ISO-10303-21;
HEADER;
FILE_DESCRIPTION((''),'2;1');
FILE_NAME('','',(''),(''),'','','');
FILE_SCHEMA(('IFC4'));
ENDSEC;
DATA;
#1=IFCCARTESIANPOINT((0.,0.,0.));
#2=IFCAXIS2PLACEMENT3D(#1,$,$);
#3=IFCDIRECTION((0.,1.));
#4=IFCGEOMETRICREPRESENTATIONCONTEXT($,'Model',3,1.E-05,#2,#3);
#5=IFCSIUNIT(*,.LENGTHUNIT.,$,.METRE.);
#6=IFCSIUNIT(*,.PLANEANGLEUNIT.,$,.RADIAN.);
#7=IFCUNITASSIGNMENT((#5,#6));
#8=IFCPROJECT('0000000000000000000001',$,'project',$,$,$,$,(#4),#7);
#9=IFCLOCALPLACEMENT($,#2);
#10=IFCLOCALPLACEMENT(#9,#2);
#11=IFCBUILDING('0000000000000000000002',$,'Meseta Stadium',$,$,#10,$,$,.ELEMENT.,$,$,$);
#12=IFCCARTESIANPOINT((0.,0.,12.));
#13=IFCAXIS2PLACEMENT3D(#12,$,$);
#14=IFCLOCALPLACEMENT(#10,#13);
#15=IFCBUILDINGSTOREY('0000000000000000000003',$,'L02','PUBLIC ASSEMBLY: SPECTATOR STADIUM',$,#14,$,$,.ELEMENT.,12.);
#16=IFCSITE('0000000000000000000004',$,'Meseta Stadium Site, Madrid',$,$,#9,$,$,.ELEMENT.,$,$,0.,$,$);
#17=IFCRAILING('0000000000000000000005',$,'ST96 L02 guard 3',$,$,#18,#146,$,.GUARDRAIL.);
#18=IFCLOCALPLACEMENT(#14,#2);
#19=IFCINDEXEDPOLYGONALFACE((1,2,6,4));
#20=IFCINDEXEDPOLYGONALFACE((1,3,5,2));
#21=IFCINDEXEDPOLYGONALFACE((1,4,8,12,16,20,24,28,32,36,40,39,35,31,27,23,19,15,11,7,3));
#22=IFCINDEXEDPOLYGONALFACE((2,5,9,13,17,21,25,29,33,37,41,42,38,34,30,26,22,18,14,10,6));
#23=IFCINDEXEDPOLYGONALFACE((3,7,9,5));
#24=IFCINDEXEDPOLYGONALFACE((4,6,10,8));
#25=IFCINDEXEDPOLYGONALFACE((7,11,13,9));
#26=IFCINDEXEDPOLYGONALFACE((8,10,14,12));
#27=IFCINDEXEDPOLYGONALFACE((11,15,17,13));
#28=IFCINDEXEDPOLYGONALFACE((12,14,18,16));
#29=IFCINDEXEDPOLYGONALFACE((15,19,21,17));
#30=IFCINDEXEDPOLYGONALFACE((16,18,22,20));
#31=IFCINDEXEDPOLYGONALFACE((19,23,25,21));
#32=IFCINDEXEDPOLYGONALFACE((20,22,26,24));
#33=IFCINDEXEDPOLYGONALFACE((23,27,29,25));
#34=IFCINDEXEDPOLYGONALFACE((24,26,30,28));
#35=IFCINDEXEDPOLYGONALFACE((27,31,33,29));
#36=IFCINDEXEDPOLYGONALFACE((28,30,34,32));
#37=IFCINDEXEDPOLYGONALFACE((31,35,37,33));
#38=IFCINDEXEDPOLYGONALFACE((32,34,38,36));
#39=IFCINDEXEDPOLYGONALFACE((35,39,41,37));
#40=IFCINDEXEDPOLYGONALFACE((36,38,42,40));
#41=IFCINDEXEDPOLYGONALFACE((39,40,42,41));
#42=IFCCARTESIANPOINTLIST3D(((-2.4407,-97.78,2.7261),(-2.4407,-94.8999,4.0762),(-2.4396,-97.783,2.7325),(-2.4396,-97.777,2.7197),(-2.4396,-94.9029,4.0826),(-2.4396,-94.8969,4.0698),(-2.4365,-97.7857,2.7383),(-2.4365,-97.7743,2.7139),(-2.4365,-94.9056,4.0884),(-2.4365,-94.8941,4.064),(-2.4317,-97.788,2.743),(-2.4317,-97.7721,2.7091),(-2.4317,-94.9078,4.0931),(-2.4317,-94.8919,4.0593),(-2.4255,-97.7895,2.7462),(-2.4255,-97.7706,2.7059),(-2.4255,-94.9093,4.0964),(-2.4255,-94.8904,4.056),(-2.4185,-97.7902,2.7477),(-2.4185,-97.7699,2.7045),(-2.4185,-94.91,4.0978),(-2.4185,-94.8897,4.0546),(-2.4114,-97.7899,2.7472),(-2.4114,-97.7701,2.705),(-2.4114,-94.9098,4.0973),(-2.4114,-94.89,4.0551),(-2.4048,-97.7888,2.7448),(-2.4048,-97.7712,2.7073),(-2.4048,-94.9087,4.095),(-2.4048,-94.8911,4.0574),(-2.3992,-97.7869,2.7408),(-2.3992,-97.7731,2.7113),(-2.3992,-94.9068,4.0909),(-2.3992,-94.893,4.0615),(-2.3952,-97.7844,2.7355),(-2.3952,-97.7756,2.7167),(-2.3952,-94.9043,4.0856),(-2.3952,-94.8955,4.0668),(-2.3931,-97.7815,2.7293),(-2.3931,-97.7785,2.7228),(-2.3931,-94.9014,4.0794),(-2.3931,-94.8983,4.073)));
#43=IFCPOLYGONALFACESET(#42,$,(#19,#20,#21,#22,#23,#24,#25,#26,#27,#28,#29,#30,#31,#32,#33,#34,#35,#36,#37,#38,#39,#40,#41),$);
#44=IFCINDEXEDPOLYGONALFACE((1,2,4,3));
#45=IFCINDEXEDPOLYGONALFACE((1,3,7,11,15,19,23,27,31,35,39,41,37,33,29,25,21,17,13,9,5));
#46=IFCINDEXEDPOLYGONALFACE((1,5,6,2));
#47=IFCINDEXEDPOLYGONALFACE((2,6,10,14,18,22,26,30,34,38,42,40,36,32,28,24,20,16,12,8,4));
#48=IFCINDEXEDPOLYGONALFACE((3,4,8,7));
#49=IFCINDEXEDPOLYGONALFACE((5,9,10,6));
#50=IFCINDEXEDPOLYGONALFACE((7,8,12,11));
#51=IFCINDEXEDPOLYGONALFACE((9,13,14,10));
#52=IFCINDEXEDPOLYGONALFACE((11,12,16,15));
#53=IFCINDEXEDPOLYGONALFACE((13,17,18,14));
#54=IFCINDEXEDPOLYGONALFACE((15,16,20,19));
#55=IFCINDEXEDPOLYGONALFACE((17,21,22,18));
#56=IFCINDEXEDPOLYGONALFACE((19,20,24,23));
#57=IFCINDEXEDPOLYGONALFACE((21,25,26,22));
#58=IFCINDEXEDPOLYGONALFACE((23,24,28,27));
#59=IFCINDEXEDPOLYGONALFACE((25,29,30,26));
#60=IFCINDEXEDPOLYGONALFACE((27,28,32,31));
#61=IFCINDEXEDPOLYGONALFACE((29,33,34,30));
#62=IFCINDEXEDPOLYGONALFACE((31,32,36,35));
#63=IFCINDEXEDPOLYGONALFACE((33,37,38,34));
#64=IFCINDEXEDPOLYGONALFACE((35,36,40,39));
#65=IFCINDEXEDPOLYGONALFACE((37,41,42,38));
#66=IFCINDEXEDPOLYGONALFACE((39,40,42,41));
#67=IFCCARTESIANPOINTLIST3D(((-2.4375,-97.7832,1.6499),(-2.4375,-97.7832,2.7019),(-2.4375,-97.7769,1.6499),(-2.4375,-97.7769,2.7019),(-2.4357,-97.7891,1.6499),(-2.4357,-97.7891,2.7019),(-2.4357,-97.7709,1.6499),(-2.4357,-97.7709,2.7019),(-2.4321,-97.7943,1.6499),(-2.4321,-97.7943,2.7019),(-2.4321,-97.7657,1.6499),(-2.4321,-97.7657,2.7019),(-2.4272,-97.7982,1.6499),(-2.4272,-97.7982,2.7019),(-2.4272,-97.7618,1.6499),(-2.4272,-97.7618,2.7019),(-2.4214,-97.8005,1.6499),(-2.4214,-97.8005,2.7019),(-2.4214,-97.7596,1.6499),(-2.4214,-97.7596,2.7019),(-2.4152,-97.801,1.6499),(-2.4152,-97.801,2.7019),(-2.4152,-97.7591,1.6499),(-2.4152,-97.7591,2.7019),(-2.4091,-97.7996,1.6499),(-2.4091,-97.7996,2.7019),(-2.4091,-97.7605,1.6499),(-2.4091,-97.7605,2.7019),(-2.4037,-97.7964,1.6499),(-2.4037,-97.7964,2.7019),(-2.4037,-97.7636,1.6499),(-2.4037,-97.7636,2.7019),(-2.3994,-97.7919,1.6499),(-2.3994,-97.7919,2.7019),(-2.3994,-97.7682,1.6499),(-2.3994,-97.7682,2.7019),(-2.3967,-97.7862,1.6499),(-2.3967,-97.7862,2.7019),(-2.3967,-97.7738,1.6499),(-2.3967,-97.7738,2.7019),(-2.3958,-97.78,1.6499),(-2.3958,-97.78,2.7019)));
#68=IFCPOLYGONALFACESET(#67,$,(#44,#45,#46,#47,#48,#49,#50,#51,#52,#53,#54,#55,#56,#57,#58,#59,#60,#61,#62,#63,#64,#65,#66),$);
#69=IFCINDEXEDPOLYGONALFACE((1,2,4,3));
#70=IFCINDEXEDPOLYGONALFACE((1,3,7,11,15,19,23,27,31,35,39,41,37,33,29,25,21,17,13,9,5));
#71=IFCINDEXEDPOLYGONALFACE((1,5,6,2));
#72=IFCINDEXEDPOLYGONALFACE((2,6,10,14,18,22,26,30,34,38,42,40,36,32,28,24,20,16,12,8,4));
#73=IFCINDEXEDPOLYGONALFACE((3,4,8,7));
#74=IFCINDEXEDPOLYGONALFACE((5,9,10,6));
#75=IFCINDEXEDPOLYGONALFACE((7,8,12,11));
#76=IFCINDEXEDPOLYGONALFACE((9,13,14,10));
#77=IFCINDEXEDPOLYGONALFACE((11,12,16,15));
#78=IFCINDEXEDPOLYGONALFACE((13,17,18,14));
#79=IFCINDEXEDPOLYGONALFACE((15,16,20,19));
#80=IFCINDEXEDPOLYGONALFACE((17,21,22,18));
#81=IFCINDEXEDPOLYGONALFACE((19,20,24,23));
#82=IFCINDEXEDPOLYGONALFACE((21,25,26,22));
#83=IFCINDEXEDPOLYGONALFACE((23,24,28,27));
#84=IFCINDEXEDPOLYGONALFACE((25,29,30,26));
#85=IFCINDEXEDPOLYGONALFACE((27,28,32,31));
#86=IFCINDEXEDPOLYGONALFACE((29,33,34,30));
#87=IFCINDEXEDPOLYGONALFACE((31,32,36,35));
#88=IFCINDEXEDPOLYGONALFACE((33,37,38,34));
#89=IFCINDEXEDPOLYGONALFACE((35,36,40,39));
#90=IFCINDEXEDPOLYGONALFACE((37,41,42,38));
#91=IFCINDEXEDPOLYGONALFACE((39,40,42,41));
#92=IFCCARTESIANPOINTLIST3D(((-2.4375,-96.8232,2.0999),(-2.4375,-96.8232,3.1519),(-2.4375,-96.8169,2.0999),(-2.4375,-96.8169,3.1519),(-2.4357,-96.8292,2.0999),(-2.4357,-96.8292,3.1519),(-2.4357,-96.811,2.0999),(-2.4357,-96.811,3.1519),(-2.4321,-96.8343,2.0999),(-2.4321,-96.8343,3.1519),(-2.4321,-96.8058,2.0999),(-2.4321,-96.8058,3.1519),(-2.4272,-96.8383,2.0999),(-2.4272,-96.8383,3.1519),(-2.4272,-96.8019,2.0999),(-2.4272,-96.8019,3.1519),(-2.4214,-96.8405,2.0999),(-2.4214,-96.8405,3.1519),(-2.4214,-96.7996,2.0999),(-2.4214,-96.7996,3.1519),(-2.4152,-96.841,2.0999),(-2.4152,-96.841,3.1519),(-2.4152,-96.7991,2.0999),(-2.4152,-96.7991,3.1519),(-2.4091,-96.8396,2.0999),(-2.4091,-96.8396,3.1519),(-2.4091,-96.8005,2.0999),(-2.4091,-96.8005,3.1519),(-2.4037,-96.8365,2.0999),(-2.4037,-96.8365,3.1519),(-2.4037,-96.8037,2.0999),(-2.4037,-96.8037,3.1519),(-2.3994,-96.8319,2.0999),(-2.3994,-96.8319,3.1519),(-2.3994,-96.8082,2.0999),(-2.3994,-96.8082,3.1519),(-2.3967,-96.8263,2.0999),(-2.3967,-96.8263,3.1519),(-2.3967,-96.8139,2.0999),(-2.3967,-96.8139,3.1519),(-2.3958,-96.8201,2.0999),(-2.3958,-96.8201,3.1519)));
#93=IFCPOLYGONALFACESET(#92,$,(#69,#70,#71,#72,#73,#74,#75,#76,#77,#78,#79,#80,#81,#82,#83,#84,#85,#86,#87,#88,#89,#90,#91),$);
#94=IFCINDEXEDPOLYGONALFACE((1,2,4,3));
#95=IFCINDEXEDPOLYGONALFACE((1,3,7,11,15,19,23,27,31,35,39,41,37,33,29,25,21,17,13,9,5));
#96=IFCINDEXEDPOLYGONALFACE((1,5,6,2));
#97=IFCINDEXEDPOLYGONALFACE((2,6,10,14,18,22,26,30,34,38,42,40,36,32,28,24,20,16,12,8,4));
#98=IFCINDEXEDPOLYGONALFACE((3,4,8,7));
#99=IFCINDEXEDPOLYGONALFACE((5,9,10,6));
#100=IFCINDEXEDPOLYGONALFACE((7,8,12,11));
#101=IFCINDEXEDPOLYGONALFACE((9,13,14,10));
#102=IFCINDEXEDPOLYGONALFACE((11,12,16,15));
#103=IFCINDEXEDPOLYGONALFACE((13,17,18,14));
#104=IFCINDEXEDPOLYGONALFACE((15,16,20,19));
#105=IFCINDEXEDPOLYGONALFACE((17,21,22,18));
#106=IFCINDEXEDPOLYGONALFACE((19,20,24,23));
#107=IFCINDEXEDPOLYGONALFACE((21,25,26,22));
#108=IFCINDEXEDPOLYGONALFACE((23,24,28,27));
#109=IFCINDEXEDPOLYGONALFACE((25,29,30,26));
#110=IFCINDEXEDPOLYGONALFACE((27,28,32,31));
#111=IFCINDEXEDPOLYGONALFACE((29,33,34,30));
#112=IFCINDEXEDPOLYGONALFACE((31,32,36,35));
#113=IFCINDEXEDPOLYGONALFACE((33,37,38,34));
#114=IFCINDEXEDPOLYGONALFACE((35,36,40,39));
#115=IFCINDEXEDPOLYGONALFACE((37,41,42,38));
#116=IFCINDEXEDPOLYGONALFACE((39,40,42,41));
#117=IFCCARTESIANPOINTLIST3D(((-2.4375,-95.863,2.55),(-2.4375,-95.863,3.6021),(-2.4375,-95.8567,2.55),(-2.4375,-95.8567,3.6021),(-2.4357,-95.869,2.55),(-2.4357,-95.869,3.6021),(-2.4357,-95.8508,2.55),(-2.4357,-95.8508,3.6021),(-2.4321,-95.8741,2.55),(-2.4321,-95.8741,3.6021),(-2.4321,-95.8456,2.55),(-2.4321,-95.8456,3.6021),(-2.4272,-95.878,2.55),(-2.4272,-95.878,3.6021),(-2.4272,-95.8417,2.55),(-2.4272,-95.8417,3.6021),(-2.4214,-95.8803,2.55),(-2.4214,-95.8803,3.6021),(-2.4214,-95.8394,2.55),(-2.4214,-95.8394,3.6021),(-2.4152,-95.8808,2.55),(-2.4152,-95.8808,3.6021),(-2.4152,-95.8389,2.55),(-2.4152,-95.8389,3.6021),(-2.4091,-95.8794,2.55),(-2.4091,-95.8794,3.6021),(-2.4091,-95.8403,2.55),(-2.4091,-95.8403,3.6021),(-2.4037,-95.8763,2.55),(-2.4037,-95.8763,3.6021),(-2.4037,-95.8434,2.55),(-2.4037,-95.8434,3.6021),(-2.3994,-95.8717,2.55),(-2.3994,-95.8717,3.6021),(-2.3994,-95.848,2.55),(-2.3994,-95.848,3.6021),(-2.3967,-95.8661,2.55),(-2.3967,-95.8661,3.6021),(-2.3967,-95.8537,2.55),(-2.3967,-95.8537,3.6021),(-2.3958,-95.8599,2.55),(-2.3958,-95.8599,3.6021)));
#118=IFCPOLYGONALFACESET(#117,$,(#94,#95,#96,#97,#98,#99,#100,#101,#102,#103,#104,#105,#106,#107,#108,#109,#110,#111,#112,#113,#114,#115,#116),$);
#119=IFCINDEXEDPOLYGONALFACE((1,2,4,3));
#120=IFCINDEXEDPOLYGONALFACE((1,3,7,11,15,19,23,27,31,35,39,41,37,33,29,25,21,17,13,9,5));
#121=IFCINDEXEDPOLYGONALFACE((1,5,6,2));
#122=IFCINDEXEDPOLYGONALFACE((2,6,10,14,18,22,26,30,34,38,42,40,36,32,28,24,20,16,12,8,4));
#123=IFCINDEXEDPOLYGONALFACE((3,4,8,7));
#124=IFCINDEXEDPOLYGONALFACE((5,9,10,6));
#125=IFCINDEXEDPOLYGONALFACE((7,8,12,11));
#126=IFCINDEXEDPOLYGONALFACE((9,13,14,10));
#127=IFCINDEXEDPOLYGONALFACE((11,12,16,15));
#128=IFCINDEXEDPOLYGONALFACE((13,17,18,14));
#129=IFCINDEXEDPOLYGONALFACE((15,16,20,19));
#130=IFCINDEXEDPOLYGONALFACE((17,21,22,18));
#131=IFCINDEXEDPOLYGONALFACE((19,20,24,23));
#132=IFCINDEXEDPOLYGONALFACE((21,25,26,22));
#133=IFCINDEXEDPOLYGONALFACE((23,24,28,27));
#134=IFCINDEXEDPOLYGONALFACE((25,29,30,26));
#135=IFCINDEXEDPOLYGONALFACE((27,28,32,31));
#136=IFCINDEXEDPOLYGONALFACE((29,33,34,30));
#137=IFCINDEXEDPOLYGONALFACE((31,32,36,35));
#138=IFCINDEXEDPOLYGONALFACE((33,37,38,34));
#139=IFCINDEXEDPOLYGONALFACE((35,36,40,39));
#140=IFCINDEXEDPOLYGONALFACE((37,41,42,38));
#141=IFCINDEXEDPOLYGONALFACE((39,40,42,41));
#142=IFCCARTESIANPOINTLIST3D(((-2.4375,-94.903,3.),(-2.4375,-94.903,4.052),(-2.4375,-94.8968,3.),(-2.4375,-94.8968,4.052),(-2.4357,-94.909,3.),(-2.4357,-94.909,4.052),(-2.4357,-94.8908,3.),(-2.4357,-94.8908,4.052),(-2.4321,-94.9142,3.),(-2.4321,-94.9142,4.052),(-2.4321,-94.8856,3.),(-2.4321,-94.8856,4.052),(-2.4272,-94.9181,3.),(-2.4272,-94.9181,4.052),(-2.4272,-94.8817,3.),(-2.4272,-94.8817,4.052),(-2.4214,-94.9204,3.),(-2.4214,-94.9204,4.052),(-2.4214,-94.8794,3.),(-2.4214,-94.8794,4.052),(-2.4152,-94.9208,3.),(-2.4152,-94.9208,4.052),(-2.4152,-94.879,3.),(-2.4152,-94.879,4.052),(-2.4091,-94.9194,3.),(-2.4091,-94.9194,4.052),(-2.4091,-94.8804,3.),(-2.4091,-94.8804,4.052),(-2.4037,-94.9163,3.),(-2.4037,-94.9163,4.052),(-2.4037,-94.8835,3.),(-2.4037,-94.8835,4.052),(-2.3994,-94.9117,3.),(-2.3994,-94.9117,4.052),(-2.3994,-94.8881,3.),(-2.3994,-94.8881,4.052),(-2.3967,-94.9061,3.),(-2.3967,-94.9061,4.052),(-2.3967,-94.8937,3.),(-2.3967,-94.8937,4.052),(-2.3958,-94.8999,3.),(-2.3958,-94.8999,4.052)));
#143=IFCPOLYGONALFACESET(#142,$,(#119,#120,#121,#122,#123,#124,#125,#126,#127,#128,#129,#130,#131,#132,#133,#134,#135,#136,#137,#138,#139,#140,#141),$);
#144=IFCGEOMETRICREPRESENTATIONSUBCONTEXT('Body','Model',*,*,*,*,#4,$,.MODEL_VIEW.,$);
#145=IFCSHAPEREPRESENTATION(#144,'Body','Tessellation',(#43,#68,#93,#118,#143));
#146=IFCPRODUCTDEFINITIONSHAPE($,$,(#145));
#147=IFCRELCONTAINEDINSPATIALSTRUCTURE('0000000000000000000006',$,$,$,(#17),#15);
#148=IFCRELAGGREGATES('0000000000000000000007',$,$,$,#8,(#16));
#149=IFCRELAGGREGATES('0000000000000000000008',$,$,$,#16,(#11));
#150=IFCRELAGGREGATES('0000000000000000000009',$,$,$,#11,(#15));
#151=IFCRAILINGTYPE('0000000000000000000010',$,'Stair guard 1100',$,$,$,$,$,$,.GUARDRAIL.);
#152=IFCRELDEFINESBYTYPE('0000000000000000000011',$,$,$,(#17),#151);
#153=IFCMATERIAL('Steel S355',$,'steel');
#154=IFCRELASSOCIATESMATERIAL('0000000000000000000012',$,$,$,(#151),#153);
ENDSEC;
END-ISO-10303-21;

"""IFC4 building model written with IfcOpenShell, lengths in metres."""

from ifc_helpers import new_model, si_unit, direction, frame, origin, origin_2d, place, context, subcontext, project, spatial, circle, extrude, material, type_object, element, save


model = new_model("IFC4")

# Units and contexts
model_context = context("Model", 3, precision=1e-05, world=origin(), true_north=direction((0.0, 1.0)))
body_context = subcontext(model_context, "Body", "Model", "MODEL_VIEW")
ifc_project = project(units=[si_unit("LENGTHUNIT", "METRE"), si_unit("PLANEANGLEUNIT", "RADIAN")], contexts=[model_context])

# Site, building, storey
site_placement = place(None, origin())
site = spatial("IfcSite", under=ifc_project, at=site_placement, Name="Meseta Stadium Site, Madrid", CompositionType="ELEMENT", RefElevation=0.0)
building_placement = place(site_placement, origin())
building = spatial("IfcBuilding", under=site, at=building_placement, Name="Meseta Stadium", CompositionType="ELEMENT")
storey_placement = place(building_placement, frame((0.0, 0.0, 12.0)))
storey = spatial("IfcBuildingStorey", under=building, at=storey_placement, Name="L02", Description="PUBLIC ASSEMBLY: SPECTATOR STADIUM", CompositionType="ELEMENT", Elevation=12.0)

# Railing
ifc_material_1 = material(Name="Steel S355", Category="steel")
railing_type_1 = type_object("IfcRailingType", Name="Stair guard 1100", PredefinedType="GUARDRAIL", material=ifc_material_1)
railing_1_placement = place(storey_placement, frame((-2.4167, -97.78, 1.6499)))
element("IfcRailing", 1, at=railing_1_placement, inside=storey, type_object=railing_type_1, Name="ST96 L02 guard 3", PredefinedType="GUARDRAIL", context=body_context, shape_type="SweptSolid", body=[
    extrude(circle(Radius=0.0239, at=origin_2d()), frame((0.0, 0.0, 1.0762), z_axis=(0.0, 0.905454, 0.424444), x_axis=(-1.0, 0.0, 0.0)), (0.0, 0.0, 1.0), 3.1809),
    extrude(circle(Radius=0.021, at=origin_2d()), origin(), (0.0, 0.0, 1.0), 1.052),
    extrude(circle(Radius=0.021, at=origin_2d()), frame((0.0, 0.96, 0.45)), (0.0, 0.0, 1.0), 1.052),
    extrude(circle(Radius=0.021, at=origin_2d()), frame((0.0, 1.9202, 0.9001)), (0.0, 0.0, 1.0), 1.052),
    extrude(circle(Radius=0.021, at=origin_2d()), frame((0.0, 2.8801, 1.3501)), (0.0, 0.0, 1.0), 1.052),
])

save(model, "model.ifc")
